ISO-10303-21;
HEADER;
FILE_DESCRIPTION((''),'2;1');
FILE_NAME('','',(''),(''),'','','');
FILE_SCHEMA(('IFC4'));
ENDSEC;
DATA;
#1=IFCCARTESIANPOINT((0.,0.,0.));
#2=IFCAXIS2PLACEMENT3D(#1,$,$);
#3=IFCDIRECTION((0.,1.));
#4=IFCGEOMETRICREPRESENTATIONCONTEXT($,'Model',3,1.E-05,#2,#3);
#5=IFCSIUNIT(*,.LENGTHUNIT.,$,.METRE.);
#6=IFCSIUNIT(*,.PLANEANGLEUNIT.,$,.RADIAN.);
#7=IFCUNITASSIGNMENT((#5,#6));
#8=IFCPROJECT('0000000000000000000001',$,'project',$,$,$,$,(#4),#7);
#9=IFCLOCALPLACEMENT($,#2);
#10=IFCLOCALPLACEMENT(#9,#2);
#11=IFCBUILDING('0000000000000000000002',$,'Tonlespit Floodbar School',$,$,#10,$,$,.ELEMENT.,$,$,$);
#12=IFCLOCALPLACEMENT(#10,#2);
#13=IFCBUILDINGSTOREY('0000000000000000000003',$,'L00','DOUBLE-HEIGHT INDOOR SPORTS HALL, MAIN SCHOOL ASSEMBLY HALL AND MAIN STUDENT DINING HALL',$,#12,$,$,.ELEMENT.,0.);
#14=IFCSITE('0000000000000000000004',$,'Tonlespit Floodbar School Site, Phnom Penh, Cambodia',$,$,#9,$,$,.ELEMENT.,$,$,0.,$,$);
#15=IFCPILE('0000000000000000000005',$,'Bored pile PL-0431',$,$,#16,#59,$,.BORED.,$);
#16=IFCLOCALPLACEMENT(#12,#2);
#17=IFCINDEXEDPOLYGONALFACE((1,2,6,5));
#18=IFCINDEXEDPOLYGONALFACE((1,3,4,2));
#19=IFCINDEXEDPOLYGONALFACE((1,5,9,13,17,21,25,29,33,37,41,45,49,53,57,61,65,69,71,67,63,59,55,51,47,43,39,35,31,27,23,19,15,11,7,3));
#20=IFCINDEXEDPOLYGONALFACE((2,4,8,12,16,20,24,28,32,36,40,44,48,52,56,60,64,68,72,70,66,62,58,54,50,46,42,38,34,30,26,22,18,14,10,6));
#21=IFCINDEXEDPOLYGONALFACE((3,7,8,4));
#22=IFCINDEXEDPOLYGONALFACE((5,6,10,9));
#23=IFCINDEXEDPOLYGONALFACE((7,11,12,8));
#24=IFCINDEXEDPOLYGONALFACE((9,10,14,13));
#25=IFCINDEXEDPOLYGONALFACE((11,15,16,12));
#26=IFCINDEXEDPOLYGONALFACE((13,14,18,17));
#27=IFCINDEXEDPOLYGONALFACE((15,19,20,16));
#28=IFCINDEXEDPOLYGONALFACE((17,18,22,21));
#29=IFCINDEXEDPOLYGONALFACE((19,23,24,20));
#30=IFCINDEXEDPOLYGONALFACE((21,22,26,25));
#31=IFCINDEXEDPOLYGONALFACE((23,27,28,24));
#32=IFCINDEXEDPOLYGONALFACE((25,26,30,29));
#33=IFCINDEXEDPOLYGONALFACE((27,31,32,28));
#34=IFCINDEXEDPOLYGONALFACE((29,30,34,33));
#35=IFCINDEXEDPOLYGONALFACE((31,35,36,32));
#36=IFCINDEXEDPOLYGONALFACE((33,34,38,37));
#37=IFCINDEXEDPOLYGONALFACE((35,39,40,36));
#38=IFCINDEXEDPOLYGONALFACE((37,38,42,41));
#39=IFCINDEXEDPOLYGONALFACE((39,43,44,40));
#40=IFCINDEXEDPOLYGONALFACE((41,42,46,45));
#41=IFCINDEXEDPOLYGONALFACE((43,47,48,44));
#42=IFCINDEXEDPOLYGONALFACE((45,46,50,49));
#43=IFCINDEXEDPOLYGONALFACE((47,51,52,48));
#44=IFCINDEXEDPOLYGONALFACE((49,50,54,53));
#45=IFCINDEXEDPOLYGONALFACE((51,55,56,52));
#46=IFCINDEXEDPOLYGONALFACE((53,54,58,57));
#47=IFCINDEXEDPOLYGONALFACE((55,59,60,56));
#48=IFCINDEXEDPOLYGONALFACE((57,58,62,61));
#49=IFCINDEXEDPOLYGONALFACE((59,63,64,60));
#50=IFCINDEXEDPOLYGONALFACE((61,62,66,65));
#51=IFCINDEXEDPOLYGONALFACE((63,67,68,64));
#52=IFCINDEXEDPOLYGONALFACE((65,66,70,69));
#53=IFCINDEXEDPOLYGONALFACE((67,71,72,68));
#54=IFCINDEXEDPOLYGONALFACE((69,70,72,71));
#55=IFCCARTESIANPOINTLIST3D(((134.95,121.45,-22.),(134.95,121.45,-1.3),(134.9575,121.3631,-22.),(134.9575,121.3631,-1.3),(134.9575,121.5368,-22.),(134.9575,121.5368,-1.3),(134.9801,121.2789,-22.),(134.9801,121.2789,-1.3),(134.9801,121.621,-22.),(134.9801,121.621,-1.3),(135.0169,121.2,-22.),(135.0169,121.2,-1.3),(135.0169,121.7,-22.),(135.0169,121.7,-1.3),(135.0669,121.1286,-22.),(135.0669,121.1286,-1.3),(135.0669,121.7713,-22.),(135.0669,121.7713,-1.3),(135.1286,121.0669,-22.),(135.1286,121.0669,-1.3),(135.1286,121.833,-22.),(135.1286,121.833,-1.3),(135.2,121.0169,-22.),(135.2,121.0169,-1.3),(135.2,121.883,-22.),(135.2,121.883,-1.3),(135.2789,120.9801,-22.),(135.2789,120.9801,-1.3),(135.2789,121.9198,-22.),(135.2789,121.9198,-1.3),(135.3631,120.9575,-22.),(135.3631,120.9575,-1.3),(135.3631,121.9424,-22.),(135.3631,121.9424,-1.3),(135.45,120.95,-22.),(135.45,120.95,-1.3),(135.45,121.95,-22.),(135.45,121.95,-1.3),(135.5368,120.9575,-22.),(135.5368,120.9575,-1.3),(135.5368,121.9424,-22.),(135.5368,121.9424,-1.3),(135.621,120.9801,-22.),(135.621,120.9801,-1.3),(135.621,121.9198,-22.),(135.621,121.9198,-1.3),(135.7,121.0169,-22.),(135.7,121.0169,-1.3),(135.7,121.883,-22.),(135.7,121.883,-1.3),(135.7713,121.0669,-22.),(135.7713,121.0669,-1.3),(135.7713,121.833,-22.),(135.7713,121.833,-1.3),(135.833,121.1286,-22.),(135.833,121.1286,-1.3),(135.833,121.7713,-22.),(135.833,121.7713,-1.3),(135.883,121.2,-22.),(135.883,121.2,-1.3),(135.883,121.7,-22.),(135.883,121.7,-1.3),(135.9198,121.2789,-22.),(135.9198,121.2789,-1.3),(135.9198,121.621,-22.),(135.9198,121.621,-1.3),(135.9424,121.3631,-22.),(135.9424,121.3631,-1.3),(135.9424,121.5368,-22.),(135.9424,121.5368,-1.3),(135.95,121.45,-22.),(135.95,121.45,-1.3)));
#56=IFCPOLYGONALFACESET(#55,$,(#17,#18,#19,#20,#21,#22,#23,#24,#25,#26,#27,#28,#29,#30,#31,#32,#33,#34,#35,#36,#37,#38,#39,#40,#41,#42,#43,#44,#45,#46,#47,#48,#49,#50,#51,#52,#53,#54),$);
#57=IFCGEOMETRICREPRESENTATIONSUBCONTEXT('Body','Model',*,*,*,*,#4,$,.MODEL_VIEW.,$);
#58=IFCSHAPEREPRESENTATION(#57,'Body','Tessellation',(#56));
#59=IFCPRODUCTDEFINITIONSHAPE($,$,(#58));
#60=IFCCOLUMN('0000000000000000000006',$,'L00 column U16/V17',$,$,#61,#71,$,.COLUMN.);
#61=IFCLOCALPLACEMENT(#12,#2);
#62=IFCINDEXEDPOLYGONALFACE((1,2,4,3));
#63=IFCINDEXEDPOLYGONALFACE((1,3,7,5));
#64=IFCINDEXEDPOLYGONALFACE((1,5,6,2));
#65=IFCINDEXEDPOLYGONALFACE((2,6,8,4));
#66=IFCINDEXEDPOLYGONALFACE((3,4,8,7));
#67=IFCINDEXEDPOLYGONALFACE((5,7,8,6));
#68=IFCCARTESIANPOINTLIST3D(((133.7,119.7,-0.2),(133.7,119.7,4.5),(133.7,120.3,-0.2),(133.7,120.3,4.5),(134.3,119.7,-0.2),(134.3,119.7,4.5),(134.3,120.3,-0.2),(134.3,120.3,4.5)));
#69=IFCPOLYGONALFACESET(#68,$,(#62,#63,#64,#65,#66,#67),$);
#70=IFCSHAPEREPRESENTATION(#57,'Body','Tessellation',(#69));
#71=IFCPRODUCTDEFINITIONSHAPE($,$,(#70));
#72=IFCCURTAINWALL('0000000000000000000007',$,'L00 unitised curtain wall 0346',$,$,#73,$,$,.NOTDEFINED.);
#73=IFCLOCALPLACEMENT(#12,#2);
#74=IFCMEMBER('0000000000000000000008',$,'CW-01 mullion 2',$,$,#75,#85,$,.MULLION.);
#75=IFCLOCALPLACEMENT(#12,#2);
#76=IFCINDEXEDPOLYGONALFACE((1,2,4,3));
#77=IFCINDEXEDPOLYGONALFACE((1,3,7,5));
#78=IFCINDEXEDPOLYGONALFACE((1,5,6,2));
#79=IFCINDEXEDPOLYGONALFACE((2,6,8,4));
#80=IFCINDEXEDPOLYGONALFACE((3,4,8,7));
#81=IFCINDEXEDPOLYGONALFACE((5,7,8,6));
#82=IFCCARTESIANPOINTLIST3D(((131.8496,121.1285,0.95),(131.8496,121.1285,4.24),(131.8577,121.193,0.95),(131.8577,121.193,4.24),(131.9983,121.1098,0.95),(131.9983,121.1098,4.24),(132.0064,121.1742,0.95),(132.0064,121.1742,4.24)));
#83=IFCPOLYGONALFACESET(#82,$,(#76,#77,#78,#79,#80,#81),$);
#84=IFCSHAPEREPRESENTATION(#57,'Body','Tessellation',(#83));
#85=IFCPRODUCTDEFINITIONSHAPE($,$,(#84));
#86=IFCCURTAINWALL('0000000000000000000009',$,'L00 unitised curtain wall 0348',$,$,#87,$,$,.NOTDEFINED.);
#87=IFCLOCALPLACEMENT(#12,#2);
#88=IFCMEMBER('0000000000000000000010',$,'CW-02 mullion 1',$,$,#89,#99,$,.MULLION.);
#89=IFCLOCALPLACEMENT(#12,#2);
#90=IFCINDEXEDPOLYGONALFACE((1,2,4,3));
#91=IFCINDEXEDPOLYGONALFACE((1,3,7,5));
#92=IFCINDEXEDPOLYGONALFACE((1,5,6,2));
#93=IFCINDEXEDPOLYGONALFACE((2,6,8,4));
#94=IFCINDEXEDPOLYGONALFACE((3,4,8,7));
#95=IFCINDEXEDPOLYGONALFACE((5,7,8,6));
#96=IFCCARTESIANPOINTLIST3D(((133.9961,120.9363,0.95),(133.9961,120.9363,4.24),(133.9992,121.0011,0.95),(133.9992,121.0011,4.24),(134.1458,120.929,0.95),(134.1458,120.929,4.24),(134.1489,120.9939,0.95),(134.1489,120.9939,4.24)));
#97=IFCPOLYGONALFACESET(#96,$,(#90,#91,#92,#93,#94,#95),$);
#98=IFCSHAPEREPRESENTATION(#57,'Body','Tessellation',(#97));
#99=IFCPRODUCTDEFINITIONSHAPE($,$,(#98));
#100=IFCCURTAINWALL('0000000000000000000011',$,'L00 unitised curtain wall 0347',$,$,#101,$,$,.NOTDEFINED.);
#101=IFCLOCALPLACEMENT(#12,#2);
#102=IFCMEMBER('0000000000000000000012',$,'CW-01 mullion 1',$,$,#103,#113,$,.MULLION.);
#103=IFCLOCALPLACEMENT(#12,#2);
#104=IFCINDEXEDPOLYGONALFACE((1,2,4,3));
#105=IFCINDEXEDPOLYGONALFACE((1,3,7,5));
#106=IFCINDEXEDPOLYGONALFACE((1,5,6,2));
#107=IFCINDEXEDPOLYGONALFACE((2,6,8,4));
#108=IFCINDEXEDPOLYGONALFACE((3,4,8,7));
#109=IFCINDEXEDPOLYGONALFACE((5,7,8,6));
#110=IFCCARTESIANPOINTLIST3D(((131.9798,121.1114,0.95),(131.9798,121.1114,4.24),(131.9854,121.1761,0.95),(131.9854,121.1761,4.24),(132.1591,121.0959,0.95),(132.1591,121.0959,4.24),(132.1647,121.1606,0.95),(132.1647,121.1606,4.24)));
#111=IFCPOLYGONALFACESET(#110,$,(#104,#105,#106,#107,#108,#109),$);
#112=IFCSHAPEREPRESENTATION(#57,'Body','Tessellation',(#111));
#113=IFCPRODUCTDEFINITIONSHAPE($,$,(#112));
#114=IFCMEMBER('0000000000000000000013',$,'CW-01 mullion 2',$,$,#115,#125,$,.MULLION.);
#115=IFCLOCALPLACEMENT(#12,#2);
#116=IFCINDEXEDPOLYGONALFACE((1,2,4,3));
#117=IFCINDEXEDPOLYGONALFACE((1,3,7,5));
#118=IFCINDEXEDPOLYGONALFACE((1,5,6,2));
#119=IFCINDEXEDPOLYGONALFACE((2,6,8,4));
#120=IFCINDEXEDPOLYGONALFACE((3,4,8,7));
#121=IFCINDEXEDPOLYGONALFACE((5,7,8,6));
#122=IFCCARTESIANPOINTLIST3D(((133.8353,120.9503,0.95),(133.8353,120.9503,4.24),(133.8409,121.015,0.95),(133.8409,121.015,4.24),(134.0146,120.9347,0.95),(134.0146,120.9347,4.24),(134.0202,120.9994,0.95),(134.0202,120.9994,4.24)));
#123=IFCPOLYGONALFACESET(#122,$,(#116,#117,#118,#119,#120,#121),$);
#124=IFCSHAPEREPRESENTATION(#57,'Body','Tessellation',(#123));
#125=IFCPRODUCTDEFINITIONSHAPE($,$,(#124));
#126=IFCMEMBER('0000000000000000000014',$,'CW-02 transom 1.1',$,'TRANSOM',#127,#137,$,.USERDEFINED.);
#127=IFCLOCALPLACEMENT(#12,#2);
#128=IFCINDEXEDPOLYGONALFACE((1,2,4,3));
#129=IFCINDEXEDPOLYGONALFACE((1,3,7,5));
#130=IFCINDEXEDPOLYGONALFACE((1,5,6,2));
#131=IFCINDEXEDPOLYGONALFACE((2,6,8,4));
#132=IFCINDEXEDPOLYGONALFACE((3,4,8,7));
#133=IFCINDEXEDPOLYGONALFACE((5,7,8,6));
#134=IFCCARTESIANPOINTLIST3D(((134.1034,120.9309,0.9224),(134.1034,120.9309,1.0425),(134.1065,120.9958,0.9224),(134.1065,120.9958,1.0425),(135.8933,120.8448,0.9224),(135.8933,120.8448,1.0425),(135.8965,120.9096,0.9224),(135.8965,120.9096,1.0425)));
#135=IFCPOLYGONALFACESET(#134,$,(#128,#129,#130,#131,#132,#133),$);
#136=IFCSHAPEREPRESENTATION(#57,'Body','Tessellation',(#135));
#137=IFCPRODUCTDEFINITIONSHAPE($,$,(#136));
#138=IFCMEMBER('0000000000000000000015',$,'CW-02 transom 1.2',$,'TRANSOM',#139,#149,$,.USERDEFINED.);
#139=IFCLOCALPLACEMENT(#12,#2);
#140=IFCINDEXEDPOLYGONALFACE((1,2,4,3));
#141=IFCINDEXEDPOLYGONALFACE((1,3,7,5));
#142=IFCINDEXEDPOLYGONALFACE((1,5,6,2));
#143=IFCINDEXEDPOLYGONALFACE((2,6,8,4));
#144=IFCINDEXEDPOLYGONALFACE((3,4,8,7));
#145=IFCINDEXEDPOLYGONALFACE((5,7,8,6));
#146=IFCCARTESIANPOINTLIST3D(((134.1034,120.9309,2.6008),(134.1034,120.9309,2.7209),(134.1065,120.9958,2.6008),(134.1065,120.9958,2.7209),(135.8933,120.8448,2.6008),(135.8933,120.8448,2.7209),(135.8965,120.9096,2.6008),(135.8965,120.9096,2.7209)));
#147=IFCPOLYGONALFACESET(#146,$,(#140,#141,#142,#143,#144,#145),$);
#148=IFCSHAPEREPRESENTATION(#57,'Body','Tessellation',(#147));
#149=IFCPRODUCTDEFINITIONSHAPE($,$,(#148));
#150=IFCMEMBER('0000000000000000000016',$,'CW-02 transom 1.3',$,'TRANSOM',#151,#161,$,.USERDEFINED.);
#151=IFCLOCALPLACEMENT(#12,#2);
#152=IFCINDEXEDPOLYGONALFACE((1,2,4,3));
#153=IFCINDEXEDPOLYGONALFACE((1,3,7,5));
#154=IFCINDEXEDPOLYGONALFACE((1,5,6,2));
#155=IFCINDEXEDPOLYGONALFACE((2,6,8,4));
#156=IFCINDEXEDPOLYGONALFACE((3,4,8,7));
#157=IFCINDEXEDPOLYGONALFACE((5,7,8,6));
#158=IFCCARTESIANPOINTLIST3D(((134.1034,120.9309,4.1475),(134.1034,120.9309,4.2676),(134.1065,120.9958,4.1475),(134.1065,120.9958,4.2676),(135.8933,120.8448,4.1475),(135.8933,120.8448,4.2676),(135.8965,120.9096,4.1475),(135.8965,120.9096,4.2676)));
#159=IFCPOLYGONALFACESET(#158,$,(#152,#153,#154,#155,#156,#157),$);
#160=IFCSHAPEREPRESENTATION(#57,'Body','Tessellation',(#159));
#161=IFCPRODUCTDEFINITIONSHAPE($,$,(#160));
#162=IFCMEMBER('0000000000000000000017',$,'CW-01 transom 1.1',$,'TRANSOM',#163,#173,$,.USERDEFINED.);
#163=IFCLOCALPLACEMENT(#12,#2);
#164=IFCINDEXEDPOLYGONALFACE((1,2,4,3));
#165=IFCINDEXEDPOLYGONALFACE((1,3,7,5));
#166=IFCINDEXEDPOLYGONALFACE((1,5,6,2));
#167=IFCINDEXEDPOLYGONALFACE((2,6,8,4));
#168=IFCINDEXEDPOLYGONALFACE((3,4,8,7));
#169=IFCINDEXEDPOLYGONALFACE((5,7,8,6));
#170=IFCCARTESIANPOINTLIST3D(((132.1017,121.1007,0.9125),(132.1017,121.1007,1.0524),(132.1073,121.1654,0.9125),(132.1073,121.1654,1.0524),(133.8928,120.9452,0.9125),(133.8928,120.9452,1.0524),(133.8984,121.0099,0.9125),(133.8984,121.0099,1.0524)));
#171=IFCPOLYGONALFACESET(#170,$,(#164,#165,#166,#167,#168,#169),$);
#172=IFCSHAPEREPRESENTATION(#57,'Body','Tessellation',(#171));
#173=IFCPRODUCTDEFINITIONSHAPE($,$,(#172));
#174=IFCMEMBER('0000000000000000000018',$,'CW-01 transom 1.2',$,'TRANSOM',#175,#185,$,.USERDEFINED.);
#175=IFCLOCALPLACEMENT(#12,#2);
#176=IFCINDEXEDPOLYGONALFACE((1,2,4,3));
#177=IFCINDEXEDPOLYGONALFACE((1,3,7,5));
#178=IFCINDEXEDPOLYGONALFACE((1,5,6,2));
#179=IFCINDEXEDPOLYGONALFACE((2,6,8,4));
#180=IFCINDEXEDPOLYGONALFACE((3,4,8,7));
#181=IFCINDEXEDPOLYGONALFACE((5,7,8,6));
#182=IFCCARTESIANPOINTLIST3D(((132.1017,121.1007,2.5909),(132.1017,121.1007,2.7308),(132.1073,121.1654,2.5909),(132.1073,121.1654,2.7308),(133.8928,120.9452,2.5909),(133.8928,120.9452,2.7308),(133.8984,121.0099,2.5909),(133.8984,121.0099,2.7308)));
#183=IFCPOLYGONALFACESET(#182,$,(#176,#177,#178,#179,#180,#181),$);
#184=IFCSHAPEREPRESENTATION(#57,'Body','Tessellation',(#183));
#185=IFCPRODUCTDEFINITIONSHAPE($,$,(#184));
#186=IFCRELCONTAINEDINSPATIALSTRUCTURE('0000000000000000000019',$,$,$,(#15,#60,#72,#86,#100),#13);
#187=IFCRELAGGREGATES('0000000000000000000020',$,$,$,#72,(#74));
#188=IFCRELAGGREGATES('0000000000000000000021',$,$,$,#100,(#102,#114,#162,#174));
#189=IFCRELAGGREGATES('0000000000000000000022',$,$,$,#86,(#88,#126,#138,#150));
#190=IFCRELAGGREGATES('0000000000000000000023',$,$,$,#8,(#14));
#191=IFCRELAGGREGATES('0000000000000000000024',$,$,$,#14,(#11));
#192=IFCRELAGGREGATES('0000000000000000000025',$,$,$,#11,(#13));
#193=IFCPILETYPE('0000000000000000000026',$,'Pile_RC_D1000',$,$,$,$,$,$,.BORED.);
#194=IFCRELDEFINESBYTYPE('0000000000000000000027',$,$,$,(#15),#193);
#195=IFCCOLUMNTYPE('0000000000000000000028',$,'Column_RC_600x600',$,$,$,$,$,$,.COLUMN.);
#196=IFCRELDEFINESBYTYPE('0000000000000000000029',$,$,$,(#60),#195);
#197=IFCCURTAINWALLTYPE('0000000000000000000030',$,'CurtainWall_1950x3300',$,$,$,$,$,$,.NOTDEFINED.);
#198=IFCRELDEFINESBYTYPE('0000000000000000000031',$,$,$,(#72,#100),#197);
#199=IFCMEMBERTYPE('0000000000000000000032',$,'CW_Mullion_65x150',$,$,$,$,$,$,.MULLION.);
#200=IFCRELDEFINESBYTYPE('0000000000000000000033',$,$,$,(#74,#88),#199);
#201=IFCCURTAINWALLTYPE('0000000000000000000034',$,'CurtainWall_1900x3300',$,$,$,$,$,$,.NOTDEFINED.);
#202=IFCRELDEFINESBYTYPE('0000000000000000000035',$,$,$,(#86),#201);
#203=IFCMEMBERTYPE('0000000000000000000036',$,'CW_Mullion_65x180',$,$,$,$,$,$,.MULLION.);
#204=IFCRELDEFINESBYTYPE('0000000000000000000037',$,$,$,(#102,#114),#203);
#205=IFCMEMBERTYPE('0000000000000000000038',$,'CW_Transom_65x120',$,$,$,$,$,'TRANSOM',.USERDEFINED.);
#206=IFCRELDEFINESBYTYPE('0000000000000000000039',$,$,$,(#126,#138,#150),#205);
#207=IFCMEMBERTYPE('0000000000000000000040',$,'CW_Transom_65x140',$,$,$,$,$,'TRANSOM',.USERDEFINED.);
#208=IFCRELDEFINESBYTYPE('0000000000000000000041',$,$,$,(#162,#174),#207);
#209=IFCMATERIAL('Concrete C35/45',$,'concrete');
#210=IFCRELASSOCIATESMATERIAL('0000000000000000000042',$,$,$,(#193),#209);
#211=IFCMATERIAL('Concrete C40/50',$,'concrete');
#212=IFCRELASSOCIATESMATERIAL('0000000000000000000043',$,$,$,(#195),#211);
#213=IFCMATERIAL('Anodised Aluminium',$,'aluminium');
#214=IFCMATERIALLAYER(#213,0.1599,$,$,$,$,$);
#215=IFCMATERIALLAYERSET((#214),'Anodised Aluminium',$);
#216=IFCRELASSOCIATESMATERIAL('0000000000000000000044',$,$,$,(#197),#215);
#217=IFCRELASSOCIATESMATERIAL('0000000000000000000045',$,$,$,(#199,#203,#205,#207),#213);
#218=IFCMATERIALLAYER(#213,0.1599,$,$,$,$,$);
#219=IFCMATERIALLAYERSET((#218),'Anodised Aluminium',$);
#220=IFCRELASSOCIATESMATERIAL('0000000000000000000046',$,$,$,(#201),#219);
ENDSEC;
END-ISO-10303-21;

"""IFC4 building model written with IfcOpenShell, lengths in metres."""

from ifc_helpers import new_model, si_unit, direction, frame, origin, origin_2d, place, context, subcontext, project, spatial, rectangle, circle, extrude, material, layer, layer_set, material_profile, profile_set, type_object, element, aggregate, save


model = new_model("IFC4")

# Units and contexts
model_context = context("Model", 3, precision=1e-05, world=origin(), true_north=direction((0.0, 1.0)))
body_context = subcontext(model_context, "Body", "Model", "MODEL_VIEW")
ifc_project = project(units=[si_unit("LENGTHUNIT", "METRE"), si_unit("PLANEANGLEUNIT", "RADIAN")], contexts=[model_context])

# Site, building, storey
site_placement = place(None, origin())
site = spatial("IfcSite", under=ifc_project, at=site_placement, Name="Tonlespit Floodbar School Site, Phnom Penh, Cambodia", CompositionType="ELEMENT", RefElevation=0.0)
building_placement = place(site_placement, origin())
building = spatial("IfcBuilding", under=site, at=building_placement, Name="Tonlespit Floodbar School", CompositionType="ELEMENT")
storey_placement = place(building_placement, origin())
storey = spatial("IfcBuildingStorey", under=building, at=storey_placement, Name="L00", Description="DOUBLE-HEIGHT INDOOR SPORTS HALL, MAIN SCHOOL ASSEMBLY HALL AND MAIN STUDENT DINING HALL", CompositionType="ELEMENT", Elevation=0.0)

# Shared definitions
ifc_material_1 = material(Name="Concrete C40/50", Category="concrete")

# Pile
ifc_material_2 = material(Name="Concrete C35/45", Category="concrete")
ifc_material_profile_1 = material_profile(ifc_material_2, circle(Radius=0.5, at=origin_2d()), Name="BP D1000")
ifc_profile_set_1 = profile_set([ifc_material_profile_1], Name="Concrete C35/45")
pile_type = type_object("IfcPileType", Name="Pile_RC_D1000", PredefinedType="BORED", material=ifc_profile_set_1)
for number, where, z_axis, x_axis, name in (
    (1, (135.45, 121.45, -1.3), (0.0, 0.0, -1.0), (1.0, 0.0, 0.0), "Bored pile PL-0431"),
):
    element("IfcPile", number, at=place(storey_placement, frame(where, z_axis=z_axis, x_axis=x_axis)), inside=storey, type_object=pile_type, Name=name, PredefinedType="BORED", context=body_context, shape_type="SweptSolid", body=[
        extrude(circle(Radius=0.5, at=origin_2d()), origin(), (0.0, 0.0, 1.0), 20.7),
    ])

# Column
ifc_material_profile_2 = material_profile(ifc_material_1, rectangle(XDim=0.6001, YDim=0.6001, at=origin_2d()), Name="RC 600x600")
ifc_profile_set_2 = profile_set([ifc_material_profile_2], Name="Concrete C40/50")
column_type = type_object("IfcColumnType", Name="Column_RC_600x600", PredefinedType="COLUMN", material=ifc_profile_set_2)
column_placement = place(storey_placement, frame((134.0, 120.0, -0.2), z_axis=(0.0, 0.0, 1.0), x_axis=(1.0, 0.0, 0.0)))
element("IfcColumn", 2, at=column_placement, inside=storey, type_object=column_type, Name="L00 column U16/V17", PredefinedType="COLUMN", context=body_context, shape_type="SweptSolid", body=[
    extrude(rectangle(XDim=0.6001, YDim=0.6001, at=origin_2d()), origin(), (0.0, 0.0, 1.0), 4.7),
])

# Curtain walls, members
ifc_material_3 = material(Name="Anodised Aluminium", Category="aluminium")
ifc_layer_1 = layer(ifc_material_3, 0.1599)
ifc_layer_set_1 = layer_set([ifc_layer_1], Name="Anodised Aluminium")
curtain_wall_type_1 = type_object("IfcCurtainWallType", Name="CurtainWall_1950x3300", PredefinedType="NOTDEFINED", material=ifc_layer_set_1)
curtain_wall_1_placement = place(storey_placement, origin())
curtain_wall_1 = element("IfcCurtainWall", 3, at=curtain_wall_1_placement, inside=storey, type_object=curtain_wall_type_1, Name="L00 unitised curtain wall 0346", PredefinedType="NOTDEFINED")
ifc_material_profile_3 = material_profile(ifc_material_3, rectangle(XDim=0.0649, YDim=0.1499, at=origin_2d()), Name="ALU M65x150")
ifc_profile_set_3 = profile_set([ifc_material_profile_3], Name="Anodised Aluminium")
member_type_1 = type_object("IfcMemberType", Name="CW_Mullion_65x150", PredefinedType="MULLION", material=ifc_profile_set_3)
member_1_placement = place(storey_placement, frame((131.928, 121.1514, 0.95), z_axis=(0.0, 0.0, 1.0), x_axis=(0.125014, 0.992155, 0.0)))
member_1 = element("IfcMember", 4, at=member_1_placement, type_object=member_type_1, Name="CW-01 mullion 2", PredefinedType="MULLION", context=body_context, shape_type="SweptSolid", body=[
    extrude(rectangle(XDim=0.0649, YDim=0.1499, at=origin_2d()), origin(), (0.0, 0.0, 1.0), 3.29),
])
aggregate(curtain_wall_1, [member_1])
ifc_layer_2 = layer(ifc_material_3, 0.1599)
ifc_layer_set_2 = layer_set([ifc_layer_2], Name="Anodised Aluminium")
curtain_wall_type_2 = type_object("IfcCurtainWallType", Name="CurtainWall_1900x3300", PredefinedType="NOTDEFINED", material=ifc_layer_set_2)
curtain_wall_2_placement = place(storey_placement, origin())
curtain_wall_2 = element("IfcCurtainWall", 5, at=curtain_wall_2_placement, inside=storey, type_object=curtain_wall_type_2, Name="L00 unitised curtain wall 0348", PredefinedType="NOTDEFINED")
member_2_placement = place(storey_placement, frame((134.0725, 120.9651, 0.95), z_axis=(0.0, 0.0, 1.0), x_axis=(0.048121, 0.998842, 0.0)))
member_2 = element("IfcMember", 6, at=member_2_placement, type_object=member_type_1, Name="CW-02 mullion 1", PredefinedType="MULLION", context=body_context, shape_type="SweptSolid", body=[
    extrude(rectangle(XDim=0.0649, YDim=0.1499, at=origin_2d()), origin(), (0.0, 0.0, 1.0), 3.29),
])

# Curtain wall, members
curtain_wall_3_placement = place(storey_placement, origin())
curtain_wall_3 = element("IfcCurtainWall", 7, at=curtain_wall_3_placement, inside=storey, type_object=curtain_wall_type_1, Name="L00 unitised curtain wall 0347", PredefinedType="NOTDEFINED")
ifc_material_profile_4 = material_profile(ifc_material_3, rectangle(XDim=0.0649, YDim=0.1799, at=origin_2d()), Name="ALU M65x180")
ifc_profile_set_4 = profile_set([ifc_material_profile_4], Name="Anodised Aluminium")
member_type_2 = type_object("IfcMemberType", Name="CW_Mullion_65x180", PredefinedType="MULLION", material=ifc_profile_set_4)
member_3_placement = place(storey_placement, frame((132.0723, 121.136, 0.95), z_axis=(0.0, 0.0, 1.0), x_axis=(0.086531, 0.996249, 0.0)))
member_3 = element("IfcMember", 8, at=member_3_placement, type_object=member_type_2, Name="CW-01 mullion 1", PredefinedType="MULLION", context=body_context, shape_type="SweptSolid", body=[
    extrude(rectangle(XDim=0.0649, YDim=0.1799, at=origin_2d()), origin(), (0.0, 0.0, 1.0), 3.29),
])
member_4_placement = place(storey_placement, frame((133.9277, 120.9749, 0.95), z_axis=(0.0, 0.0, 1.0), x_axis=(0.086531, 0.996249, 0.0)))
member_4 = element("IfcMember", 9, at=member_4_placement, type_object=member_type_2, Name="CW-01 mullion 2", PredefinedType="MULLION", context=body_context, shape_type="SweptSolid", body=[
    extrude(rectangle(XDim=0.0649, YDim=0.1799, at=origin_2d()), origin(), (0.0, 0.0, 1.0), 3.29),
])

# Members
ifc_material_profile_5 = material_profile(ifc_material_3, rectangle(XDim=0.0649, YDim=0.1201, at=origin_2d()), Name="ALU T65x120")
ifc_profile_set_5 = profile_set([ifc_material_profile_5], Name="Anodised Aluminium")
member_type_3 = type_object("IfcMemberType", Name="CW_Transom_65x120", ElementType="TRANSOM", PredefinedType="USERDEFINED", material=ifc_profile_set_5)
member_5_placement = place(storey_placement, frame((134.105, 120.9634, 0.9824), z_axis=(0.998843, -0.048089, 0.0), x_axis=(0.048089, 0.998843, 0.0)))
member_5 = element("IfcMember", 10, at=member_5_placement, type_object=member_type_3, Name="CW-02 transom 1.1", ObjectType="TRANSOM", PredefinedType="USERDEFINED", context=body_context, shape_type="SweptSolid", body=[
    extrude(rectangle(XDim=0.0649, YDim=0.1201, at=origin_2d()), origin(), (0.0, 0.0, 1.0), 1.792),
])
member_6_placement = place(storey_placement, frame((134.105, 120.9634, 2.6609), z_axis=(0.998843, -0.048089, 0.0), x_axis=(0.048089, 0.998843, 0.0)))
member_6 = element("IfcMember", 11, at=member_6_placement, type_object=member_type_3, Name="CW-02 transom 1.2", ObjectType="TRANSOM", PredefinedType="USERDEFINED", context=body_context, shape_type="SweptSolid", body=[
    extrude(rectangle(XDim=0.0649, YDim=0.1201, at=origin_2d()), origin(), (0.0, 0.0, 1.0), 1.792),
])
member_7_placement = place(storey_placement, frame((134.105, 120.9634, 4.2075), z_axis=(0.998843, -0.048089, 0.0), x_axis=(0.048089, 0.998843, 0.0)))
member_7 = element("IfcMember", 12, at=member_7_placement, type_object=member_type_3, Name="CW-02 transom 1.3", ObjectType="TRANSOM", PredefinedType="USERDEFINED", context=body_context, shape_type="SweptSolid", body=[
    extrude(rectangle(XDim=0.0649, YDim=0.1201, at=origin_2d()), origin(), (0.0, 0.0, 1.0), 1.792),
])
ifc_material_profile_6 = material_profile(ifc_material_3, rectangle(XDim=0.0649, YDim=0.1399, at=origin_2d()), Name="ALU T65x140")
ifc_profile_set_6 = profile_set([ifc_material_profile_6], Name="Anodised Aluminium")
member_type_4 = type_object("IfcMemberType", Name="CW_Transom_65x140", ElementType="TRANSOM", PredefinedType="USERDEFINED", material=ifc_profile_set_6)
member_8_placement = place(storey_placement, frame((132.1045, 121.1331, 0.9824), z_axis=(0.996251, -0.086507, 0.0), x_axis=(0.086507, 0.996251, 0.0)))
member_8 = element("IfcMember", 13, at=member_8_placement, type_object=member_type_4, Name="CW-01 transom 1.1", ObjectType="TRANSOM", PredefinedType="USERDEFINED", context=body_context, shape_type="SweptSolid", body=[
    extrude(rectangle(XDim=0.0649, YDim=0.1399, at=origin_2d()), origin(), (0.0, 0.0, 1.0), 1.7979),
])
member_9_placement = place(storey_placement, frame((132.1045, 121.1331, 2.6609), z_axis=(0.996251, -0.086507, 0.0), x_axis=(0.086507, 0.996251, 0.0)))
member_9 = element("IfcMember", 14, at=member_9_placement, type_object=member_type_4, Name="CW-01 transom 1.2", ObjectType="TRANSOM", PredefinedType="USERDEFINED", context=body_context, shape_type="SweptSolid", body=[
    extrude(rectangle(XDim=0.0649, YDim=0.1399, at=origin_2d()), origin(), (0.0, 0.0, 1.0), 1.7979),
])

aggregate(curtain_wall_3, [member_3, member_4, member_8, member_9])
aggregate(curtain_wall_2, [member_2, member_5, member_6, member_7])

save(model, "model.ifc")
